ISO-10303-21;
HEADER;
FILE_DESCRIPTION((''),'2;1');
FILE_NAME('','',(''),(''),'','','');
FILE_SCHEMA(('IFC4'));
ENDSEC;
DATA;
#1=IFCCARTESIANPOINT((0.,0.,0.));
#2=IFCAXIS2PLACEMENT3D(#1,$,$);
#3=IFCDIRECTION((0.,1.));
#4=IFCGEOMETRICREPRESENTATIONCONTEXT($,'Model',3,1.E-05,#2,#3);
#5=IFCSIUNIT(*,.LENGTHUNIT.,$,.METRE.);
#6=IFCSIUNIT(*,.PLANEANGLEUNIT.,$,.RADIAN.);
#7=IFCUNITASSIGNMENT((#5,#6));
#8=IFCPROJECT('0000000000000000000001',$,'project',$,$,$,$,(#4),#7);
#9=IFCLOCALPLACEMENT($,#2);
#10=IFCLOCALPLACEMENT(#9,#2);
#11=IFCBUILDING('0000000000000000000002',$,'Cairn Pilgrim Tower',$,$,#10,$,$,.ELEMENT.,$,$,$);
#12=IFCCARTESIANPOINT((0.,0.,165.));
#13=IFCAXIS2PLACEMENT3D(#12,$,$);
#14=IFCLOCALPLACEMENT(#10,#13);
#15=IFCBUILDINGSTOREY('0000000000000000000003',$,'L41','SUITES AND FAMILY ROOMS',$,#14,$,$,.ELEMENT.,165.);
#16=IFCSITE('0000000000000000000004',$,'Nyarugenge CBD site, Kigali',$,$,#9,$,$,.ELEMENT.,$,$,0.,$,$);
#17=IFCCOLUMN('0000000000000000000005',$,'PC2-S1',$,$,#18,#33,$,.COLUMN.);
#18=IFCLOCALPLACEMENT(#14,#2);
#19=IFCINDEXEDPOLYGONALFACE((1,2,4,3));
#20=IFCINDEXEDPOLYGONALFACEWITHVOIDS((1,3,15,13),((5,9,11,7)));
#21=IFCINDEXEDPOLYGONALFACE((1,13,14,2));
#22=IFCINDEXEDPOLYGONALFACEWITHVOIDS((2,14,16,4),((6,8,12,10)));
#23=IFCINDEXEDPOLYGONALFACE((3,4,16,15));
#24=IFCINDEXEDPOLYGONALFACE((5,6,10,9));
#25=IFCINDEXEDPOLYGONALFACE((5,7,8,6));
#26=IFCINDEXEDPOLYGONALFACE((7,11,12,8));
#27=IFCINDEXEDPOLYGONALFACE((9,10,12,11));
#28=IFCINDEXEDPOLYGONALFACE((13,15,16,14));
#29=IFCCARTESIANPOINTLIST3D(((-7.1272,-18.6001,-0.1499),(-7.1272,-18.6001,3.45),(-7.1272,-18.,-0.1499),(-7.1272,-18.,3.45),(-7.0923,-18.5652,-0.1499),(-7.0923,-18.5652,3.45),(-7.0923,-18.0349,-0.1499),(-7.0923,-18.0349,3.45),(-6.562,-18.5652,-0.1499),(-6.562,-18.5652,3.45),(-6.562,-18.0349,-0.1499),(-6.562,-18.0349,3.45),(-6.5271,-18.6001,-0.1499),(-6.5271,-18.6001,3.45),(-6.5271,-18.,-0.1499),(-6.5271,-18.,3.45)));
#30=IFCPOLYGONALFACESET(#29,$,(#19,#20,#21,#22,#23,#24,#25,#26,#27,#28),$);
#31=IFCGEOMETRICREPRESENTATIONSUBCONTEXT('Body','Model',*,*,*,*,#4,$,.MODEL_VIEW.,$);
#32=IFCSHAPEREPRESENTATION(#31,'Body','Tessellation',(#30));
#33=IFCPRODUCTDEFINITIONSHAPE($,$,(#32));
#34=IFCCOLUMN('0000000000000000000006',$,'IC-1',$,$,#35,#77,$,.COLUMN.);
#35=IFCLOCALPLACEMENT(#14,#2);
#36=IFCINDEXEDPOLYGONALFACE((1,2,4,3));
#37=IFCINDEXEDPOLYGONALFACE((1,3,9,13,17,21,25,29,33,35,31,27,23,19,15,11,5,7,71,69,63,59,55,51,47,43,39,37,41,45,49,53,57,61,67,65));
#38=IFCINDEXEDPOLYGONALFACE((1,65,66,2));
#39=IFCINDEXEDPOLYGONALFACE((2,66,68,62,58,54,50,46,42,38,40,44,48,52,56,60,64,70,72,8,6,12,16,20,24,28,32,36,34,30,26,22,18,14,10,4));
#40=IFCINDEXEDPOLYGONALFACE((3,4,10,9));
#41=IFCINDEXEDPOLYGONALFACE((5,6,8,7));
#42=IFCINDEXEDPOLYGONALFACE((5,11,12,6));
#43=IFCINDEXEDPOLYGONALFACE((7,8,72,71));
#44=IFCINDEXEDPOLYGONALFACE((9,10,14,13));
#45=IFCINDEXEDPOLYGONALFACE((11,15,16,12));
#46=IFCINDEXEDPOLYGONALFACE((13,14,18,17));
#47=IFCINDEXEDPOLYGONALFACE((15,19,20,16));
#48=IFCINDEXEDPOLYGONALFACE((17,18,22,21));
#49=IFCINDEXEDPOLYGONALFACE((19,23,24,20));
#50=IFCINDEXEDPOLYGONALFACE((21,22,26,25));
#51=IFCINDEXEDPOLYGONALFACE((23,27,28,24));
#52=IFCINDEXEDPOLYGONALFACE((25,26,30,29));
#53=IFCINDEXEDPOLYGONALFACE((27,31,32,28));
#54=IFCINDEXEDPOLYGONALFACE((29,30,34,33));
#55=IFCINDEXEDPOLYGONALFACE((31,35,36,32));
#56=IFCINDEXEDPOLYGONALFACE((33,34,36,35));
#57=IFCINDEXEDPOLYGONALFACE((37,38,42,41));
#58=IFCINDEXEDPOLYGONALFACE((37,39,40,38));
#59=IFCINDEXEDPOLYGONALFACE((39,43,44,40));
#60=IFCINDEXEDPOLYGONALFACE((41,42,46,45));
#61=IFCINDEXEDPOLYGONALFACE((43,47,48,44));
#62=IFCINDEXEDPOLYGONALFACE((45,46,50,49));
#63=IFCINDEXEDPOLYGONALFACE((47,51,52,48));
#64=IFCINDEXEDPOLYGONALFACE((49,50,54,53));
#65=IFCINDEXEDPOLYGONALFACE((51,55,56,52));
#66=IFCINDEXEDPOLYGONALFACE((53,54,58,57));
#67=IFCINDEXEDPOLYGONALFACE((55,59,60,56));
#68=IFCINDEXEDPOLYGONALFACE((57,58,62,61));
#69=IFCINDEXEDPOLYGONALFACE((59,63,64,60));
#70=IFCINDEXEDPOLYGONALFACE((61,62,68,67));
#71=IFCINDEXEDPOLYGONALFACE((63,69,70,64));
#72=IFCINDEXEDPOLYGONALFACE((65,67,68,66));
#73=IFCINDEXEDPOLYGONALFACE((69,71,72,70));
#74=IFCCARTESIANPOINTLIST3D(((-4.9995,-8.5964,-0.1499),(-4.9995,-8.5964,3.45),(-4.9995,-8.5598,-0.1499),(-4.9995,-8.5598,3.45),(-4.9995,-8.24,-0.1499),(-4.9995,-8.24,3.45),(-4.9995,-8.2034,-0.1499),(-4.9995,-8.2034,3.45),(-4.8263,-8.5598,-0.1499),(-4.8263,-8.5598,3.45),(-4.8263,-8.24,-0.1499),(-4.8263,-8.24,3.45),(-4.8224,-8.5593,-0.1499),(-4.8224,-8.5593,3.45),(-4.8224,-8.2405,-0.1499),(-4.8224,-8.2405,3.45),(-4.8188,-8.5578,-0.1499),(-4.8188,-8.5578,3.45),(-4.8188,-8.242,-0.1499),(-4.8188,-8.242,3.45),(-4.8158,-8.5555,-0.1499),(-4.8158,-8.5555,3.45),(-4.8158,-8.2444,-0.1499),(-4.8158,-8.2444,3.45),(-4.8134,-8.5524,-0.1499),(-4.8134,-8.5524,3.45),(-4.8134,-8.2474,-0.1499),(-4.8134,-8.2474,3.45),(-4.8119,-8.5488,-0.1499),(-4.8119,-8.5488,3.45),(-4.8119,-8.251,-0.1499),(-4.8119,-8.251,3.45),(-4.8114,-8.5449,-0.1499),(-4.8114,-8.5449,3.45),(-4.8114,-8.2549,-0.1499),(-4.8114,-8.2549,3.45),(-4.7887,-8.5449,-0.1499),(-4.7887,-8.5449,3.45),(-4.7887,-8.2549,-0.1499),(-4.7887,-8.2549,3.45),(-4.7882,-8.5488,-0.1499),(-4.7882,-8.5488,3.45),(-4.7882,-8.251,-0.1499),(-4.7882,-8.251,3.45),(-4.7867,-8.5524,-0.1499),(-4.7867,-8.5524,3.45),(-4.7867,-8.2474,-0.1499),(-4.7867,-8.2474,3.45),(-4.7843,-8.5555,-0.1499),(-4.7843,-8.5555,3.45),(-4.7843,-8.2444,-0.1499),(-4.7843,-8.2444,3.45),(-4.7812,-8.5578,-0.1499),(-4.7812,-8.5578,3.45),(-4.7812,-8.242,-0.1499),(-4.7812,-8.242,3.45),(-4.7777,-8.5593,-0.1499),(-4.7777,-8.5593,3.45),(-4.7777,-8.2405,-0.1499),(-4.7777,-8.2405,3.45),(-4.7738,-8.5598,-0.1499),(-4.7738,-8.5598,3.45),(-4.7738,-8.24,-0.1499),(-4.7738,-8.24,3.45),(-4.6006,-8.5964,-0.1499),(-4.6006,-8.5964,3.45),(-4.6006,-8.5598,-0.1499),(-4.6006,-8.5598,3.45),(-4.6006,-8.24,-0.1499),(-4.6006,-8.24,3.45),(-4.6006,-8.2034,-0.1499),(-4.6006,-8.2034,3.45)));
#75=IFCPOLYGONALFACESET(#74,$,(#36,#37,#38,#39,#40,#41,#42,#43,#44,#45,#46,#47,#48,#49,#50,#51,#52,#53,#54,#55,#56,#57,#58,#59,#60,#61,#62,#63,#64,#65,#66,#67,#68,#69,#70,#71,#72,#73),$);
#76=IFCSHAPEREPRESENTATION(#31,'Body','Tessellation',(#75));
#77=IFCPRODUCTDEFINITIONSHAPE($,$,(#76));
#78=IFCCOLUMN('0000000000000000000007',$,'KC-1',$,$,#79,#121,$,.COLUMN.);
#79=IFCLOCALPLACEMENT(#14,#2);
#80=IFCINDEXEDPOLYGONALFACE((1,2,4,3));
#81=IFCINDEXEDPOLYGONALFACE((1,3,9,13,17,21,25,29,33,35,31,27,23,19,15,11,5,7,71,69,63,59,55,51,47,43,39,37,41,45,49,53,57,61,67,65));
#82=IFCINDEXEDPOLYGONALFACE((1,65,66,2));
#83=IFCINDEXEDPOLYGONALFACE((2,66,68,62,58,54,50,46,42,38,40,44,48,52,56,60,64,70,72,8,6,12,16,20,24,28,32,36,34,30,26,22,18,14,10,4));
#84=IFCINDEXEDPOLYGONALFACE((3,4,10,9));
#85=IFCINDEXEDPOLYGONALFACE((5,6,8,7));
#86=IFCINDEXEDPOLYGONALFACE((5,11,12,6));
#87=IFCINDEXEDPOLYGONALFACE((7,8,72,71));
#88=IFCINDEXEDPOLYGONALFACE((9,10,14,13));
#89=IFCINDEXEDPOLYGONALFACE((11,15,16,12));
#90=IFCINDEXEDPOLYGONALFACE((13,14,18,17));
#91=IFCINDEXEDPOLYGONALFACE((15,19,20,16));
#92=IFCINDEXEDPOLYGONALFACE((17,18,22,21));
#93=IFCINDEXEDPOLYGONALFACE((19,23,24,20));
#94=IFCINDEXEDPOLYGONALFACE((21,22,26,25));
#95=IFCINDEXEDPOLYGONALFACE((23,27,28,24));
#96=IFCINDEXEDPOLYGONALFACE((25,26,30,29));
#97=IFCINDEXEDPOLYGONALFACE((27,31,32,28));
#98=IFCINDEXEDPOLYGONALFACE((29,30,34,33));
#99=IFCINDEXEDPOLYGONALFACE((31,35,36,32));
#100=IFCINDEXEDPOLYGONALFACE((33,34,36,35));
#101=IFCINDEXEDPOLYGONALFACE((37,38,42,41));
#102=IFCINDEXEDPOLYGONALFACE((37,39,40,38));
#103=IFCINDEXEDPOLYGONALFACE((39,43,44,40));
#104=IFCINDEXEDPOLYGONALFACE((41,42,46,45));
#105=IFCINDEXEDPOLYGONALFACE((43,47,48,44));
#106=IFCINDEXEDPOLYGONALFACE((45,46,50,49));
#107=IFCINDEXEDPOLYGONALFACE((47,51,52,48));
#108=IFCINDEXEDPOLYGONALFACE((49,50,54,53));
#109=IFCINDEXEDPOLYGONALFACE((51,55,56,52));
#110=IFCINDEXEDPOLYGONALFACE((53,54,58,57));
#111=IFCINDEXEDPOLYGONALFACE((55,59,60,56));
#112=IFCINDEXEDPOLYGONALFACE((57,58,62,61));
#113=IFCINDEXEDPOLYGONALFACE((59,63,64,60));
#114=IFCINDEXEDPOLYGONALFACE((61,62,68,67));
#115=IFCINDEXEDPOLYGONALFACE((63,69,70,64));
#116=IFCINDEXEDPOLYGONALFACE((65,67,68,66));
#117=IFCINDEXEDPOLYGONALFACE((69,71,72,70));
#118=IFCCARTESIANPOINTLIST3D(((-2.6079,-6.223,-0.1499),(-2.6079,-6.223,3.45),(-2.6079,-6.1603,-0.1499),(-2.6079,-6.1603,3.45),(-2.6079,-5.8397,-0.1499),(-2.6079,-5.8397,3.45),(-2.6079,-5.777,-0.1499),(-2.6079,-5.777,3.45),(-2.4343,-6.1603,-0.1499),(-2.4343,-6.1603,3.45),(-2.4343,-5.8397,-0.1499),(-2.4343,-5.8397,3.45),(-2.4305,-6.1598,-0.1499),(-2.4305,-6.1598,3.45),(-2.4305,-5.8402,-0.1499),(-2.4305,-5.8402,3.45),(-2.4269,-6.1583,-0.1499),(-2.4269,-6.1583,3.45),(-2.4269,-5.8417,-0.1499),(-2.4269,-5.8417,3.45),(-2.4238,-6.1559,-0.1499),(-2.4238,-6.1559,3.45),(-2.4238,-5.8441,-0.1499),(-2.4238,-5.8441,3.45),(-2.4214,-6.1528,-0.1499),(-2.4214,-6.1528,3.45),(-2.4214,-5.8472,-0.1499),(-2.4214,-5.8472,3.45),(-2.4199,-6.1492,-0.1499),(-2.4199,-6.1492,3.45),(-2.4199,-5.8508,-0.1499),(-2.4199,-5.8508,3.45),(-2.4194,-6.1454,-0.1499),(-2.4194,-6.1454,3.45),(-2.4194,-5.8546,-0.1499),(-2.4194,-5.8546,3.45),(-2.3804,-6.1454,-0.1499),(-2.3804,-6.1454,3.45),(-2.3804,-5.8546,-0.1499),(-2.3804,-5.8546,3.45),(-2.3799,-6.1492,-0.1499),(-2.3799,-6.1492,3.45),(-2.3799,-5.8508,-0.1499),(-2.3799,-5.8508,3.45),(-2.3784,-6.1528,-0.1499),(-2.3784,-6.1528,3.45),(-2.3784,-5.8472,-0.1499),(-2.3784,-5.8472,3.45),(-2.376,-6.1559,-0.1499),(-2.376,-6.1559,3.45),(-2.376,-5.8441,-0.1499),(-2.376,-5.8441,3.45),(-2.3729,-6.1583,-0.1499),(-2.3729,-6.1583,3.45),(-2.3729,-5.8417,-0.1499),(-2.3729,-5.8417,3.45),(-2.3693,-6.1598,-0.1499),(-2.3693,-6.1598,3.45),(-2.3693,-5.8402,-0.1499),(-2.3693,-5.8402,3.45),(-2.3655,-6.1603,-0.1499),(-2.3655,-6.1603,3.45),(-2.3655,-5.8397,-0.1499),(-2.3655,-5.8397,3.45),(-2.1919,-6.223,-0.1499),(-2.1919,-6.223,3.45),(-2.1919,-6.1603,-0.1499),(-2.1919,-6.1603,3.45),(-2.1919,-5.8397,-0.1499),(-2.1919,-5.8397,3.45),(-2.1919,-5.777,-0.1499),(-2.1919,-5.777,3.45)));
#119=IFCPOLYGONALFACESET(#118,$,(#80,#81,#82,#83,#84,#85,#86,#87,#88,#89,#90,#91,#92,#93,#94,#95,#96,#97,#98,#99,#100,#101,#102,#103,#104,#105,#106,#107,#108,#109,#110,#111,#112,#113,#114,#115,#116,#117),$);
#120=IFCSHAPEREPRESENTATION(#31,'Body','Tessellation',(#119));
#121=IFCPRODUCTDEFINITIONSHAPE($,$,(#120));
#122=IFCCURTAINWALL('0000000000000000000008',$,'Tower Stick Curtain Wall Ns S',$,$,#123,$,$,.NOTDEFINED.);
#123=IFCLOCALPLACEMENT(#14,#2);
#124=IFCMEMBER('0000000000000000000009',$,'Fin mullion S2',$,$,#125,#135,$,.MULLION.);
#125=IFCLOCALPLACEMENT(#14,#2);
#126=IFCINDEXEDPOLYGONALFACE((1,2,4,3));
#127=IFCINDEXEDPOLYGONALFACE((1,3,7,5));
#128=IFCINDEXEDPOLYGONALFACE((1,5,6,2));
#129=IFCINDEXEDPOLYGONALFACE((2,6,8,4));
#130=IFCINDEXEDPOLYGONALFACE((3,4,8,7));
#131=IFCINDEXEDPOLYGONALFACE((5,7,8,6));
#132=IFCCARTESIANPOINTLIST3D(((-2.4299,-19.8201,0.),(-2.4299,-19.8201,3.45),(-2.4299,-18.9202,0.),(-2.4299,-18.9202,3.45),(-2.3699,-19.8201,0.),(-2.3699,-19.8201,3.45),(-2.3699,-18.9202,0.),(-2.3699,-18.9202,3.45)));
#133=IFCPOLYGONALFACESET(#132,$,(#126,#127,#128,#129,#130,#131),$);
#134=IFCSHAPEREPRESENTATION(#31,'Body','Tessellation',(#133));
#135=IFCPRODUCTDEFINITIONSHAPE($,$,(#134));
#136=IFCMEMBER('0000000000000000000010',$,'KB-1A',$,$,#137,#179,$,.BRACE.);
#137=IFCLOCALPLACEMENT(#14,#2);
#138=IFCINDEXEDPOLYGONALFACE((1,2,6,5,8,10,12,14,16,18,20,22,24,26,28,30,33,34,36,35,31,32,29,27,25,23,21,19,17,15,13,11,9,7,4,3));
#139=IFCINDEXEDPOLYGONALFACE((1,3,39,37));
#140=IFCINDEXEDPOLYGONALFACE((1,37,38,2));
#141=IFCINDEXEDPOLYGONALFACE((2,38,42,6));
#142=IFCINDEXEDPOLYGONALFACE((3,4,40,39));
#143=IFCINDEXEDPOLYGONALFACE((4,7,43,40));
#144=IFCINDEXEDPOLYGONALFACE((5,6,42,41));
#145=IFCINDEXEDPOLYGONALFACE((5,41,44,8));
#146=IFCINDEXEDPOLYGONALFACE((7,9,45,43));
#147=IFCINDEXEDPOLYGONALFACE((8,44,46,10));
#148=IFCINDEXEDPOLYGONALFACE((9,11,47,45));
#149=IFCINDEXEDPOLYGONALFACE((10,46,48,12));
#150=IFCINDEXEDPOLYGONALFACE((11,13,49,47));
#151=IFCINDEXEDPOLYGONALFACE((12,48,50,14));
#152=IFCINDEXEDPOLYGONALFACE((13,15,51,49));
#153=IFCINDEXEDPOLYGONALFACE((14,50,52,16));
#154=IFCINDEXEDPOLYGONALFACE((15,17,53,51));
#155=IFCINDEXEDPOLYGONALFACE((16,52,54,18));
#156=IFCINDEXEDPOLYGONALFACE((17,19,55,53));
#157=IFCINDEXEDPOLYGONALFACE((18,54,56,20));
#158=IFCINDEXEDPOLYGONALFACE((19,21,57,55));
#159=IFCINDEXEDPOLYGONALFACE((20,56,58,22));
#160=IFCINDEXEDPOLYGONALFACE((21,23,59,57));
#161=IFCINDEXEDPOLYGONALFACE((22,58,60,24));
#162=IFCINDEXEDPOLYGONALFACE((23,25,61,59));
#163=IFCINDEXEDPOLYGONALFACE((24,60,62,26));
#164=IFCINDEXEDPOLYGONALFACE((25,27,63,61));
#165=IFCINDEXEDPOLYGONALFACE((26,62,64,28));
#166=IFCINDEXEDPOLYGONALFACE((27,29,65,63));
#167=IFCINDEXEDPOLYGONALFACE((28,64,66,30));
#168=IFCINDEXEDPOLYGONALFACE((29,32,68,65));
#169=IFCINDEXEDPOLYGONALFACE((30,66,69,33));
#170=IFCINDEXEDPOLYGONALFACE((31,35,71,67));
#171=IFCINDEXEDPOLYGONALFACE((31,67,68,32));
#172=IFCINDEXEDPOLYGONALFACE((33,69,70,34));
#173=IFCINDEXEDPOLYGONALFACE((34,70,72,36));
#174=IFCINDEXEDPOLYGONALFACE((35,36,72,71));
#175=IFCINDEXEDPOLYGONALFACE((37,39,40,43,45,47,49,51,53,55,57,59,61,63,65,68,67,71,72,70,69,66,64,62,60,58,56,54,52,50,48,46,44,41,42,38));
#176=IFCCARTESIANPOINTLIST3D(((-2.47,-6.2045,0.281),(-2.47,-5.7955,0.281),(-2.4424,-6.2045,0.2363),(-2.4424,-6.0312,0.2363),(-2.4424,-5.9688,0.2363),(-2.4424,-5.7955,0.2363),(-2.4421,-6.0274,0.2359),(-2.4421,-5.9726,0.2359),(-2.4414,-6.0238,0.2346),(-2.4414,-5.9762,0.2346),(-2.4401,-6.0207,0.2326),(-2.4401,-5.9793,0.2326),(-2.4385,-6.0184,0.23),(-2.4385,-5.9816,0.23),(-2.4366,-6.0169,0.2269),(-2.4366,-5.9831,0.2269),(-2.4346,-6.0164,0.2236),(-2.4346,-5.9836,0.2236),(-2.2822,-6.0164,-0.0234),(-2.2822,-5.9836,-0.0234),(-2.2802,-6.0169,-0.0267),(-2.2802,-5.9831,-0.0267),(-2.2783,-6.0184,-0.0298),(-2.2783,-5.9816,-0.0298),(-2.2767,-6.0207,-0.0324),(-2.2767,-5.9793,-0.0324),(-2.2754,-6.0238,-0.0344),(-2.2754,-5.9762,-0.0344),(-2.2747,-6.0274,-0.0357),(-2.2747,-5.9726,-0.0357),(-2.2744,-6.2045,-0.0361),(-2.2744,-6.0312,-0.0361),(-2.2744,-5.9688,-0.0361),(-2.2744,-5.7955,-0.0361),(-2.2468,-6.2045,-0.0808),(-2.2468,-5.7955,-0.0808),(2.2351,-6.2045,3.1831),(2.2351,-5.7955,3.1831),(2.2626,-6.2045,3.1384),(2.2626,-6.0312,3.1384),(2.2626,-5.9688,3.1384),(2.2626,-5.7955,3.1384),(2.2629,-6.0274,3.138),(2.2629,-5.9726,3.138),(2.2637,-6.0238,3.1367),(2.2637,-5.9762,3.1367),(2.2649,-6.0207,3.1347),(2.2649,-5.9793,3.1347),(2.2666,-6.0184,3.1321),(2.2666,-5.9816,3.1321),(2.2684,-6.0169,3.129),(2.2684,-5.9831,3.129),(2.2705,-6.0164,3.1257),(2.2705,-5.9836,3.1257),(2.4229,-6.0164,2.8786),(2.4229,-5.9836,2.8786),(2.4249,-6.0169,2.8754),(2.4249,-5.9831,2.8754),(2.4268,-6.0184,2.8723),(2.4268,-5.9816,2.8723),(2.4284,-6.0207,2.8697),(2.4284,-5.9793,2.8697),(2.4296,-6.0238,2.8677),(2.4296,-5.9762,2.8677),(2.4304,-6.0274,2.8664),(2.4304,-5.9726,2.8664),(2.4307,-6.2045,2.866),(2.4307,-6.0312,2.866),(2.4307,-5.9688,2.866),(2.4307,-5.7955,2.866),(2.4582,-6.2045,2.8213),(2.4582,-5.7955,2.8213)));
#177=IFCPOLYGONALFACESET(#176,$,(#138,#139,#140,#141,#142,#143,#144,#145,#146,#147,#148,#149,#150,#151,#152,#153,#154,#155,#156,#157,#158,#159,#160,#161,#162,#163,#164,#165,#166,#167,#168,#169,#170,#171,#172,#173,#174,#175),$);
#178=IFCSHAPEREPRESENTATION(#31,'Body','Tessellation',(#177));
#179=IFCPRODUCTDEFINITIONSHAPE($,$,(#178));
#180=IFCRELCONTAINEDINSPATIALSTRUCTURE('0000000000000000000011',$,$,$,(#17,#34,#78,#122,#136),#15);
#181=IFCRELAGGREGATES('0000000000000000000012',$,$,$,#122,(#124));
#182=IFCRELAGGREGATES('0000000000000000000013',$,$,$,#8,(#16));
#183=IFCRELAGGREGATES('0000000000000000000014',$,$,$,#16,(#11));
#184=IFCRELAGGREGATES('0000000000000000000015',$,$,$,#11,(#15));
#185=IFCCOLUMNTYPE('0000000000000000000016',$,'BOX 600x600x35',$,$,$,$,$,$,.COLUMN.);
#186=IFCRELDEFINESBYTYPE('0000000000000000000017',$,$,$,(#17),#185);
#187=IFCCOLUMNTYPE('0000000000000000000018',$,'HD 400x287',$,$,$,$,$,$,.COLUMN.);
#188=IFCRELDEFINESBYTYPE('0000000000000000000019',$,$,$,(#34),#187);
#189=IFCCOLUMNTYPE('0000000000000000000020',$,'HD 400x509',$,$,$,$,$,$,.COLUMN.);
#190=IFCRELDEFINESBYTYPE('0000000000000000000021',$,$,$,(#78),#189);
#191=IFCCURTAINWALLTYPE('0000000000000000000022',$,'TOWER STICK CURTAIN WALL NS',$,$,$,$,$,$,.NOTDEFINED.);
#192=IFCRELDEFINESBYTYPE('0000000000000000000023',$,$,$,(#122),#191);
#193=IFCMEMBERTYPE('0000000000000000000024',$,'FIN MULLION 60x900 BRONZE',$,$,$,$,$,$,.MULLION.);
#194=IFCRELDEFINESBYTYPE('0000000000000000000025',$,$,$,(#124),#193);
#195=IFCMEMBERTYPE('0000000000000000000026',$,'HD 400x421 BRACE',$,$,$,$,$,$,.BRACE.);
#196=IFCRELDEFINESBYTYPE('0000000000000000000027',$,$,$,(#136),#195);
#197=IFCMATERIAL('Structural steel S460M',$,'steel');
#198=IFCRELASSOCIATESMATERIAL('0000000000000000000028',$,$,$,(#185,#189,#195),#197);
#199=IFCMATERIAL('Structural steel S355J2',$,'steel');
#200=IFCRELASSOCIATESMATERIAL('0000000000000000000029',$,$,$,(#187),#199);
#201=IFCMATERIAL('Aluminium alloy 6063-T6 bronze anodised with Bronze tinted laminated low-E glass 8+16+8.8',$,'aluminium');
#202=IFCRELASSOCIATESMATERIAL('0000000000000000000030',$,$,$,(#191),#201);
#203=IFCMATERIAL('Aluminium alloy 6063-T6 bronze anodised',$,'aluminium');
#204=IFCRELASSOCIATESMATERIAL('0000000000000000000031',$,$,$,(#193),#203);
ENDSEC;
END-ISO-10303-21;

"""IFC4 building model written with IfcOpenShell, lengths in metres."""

from ifc_helpers import new_model, si_unit, direction, frame, origin, origin_2d, place, context, subcontext, project, spatial, rectangle, hollow_rectangle, i_section, extrude, material, material_profile, profile_set, type_object, element, aggregate, save


model = new_model("IFC4")

# Units and contexts
model_context = context("Model", 3, precision=1e-05, world=origin(), true_north=direction((0.0, 1.0)))
body_context = subcontext(model_context, "Body", "Model", "MODEL_VIEW")
ifc_project = project(units=[si_unit("LENGTHUNIT", "METRE"), si_unit("PLANEANGLEUNIT", "RADIAN")], contexts=[model_context])

# Site, building, storey
site_placement = place(None, origin())
site = spatial("IfcSite", under=ifc_project, at=site_placement, Name="Nyarugenge CBD site, Kigali", CompositionType="ELEMENT", RefElevation=0.0)
building_placement = place(site_placement, origin())
building = spatial("IfcBuilding", under=site, at=building_placement, Name="Cairn Pilgrim Tower", CompositionType="ELEMENT")
storey_placement = place(building_placement, frame((0.0, 0.0, 165.0)))
storey = spatial("IfcBuildingStorey", under=building, at=storey_placement, Name="L41", Description="SUITES AND FAMILY ROOMS", CompositionType="ELEMENT", Elevation=165.0)

# Columns
ifc_material_1 = material(Name="Structural steel S460M", Category="steel")
ifc_material_profile_1 = material_profile(ifc_material_1, hollow_rectangle(XDim=0.6001, YDim=0.6001, WallThickness=0.0349, at=origin_2d()), Name="BOX 600x600x35")
ifc_profile_set_1 = profile_set([ifc_material_profile_1], Name="Structural steel S460M")
column_type_1 = type_object("IfcColumnType", Name="BOX 600x600x35", PredefinedType="COLUMN", material=ifc_profile_set_1)
column_1_placement = place(storey_placement, frame((-6.8271, -18.3, -0.1499), z_axis=(0.0, 0.0, 1.0), x_axis=(1.0, 0.0, 0.0)))
element("IfcColumn", 1, at=column_1_placement, inside=storey, type_object=column_type_1, Name="PC2-S1", PredefinedType="COLUMN", context=body_context, shape_type="SweptSolid", body=[
    extrude(hollow_rectangle(XDim=0.6001, YDim=0.6001, WallThickness=0.0349, at=origin_2d()), origin(), (0.0, 0.0, 1.0), 3.5999),
])
ifc_material_2 = material(Name="Structural steel S355J2", Category="steel")
ifc_material_profile_2 = material_profile(ifc_material_2, i_section(OverallWidth=0.3989, OverallDepth=0.3931, WebThickness=0.0227, FlangeThickness=0.0366, FilletRadius=0.0149, at=origin_2d()), Name="HD 400x287")
ifc_profile_set_2 = profile_set([ifc_material_profile_2], Name="Structural steel S355J2")
column_type_2 = type_object("IfcColumnType", Name="HD 400x287", PredefinedType="COLUMN", material=ifc_profile_set_2)
column_2_placement = place(storey_placement, frame((-4.8, -8.3999, -0.1499), z_axis=(0.0, 0.0, 1.0), x_axis=(1.0, 0.0, 0.0)))
element("IfcColumn", 2, at=column_2_placement, inside=storey, type_object=column_type_2, Name="IC-1", PredefinedType="COLUMN", context=body_context, shape_type="SweptSolid", body=[
    extrude(i_section(OverallWidth=0.3989, OverallDepth=0.3931, WebThickness=0.0227, FlangeThickness=0.0366, FilletRadius=0.0149, at=origin_2d()), origin(), (0.0, 0.0, 1.0), 3.5999),
])
ifc_material_profile_3 = material_profile(ifc_material_1, i_section(OverallWidth=0.416, OverallDepth=0.446, WebThickness=0.0391, FlangeThickness=0.0627, FilletRadius=0.0149, at=origin_2d()), Name="HD 400x509")
ifc_profile_set_3 = profile_set([ifc_material_profile_3], Name="Structural steel S460M")
column_type_3 = type_object("IfcColumnType", Name="HD 400x509", PredefinedType="COLUMN", material=ifc_profile_set_3)
column_3_placement = place(storey_placement, frame((-2.3999, -6.0, -0.1499), z_axis=(0.0, 0.0, 1.0), x_axis=(1.0, 0.0, 0.0)))
element("IfcColumn", 3, at=column_3_placement, inside=storey, type_object=column_type_3, Name="KC-1", PredefinedType="COLUMN", context=body_context, shape_type="SweptSolid", body=[
    extrude(i_section(OverallWidth=0.416, OverallDepth=0.446, WebThickness=0.0391, FlangeThickness=0.0627, FilletRadius=0.0149, at=origin_2d()), origin(), (0.0, 0.0, 1.0), 3.5999),
])

# Curtain wall, member
ifc_material_3 = material(Name="Aluminium alloy 6063-T6 bronze anodised with Bronze tinted laminated low-E glass 8+16+8.8", Category="aluminium")
curtain_wall_type = type_object("IfcCurtainWallType", Name="TOWER STICK CURTAIN WALL NS", PredefinedType="NOTDEFINED", material=ifc_material_3)
curtain_wall_placement = place(storey_placement, origin())
curtain_wall = element("IfcCurtainWall", 4, at=curtain_wall_placement, inside=storey, type_object=curtain_wall_type, Name="Tower Stick Curtain Wall Ns S", PredefinedType="NOTDEFINED")
ifc_material_4 = material(Name="Aluminium alloy 6063-T6 bronze anodised", Category="aluminium")
ifc_material_profile_4 = material_profile(ifc_material_4, rectangle(XDim=0.8999, YDim=0.0601, at=origin_2d()), Name="FIN MULLION 60x900 BRONZE")
ifc_profile_set_4 = profile_set([ifc_material_profile_4], Name="Aluminium alloy 6063-T6 bronze anodised")
member_type_1 = type_object("IfcMemberType", Name="FIN MULLION 60x900 BRONZE", PredefinedType="MULLION", material=ifc_profile_set_4)
member_1_placement = place(storey_placement, frame((-2.3999, -19.3701, 0.0), z_axis=(0.0, 0.0, 1.0), x_axis=(0.0, -1.0, 0.0)))
member_1 = element("IfcMember", 5, at=member_1_placement, type_object=member_type_1, Name="Fin mullion S2", PredefinedType="MULLION", context=body_context, shape_type="SweptSolid", body=[
    extrude(rectangle(XDim=0.8999, YDim=0.0601, at=origin_2d()), origin(), (0.0, 0.0, 1.0), 3.45),
])

# Member
ifc_material_profile_5 = material_profile(ifc_material_1, i_section(OverallWidth=0.4089, OverallDepth=0.425, WebThickness=0.0327, FlangeThickness=0.0525, FilletRadius=0.0149, at=origin_2d()), Name="HD 400x421")
ifc_profile_set_5 = profile_set([ifc_material_profile_5], Name="Structural steel S460M")
member_type_2 = type_object("IfcMemberType", Name="HD 400x421 BRACE", PredefinedType="BRACE", material=ifc_profile_set_5)
member_2_placement = place(storey_placement, frame((-2.3584, -6.0, 0.1001), z_axis=(0.85112, 0.0, 0.524972), x_axis=(0.0, 1.0, 0.0)))
element("IfcMember", 6, at=member_2_placement, inside=storey, type_object=member_type_2, Name="KB-1A", PredefinedType="BRACE", context=body_context, shape_type="SweptSolid", body=[
    extrude(i_section(OverallWidth=0.4089, OverallDepth=0.425, WebThickness=0.0327, FlangeThickness=0.0525, FilletRadius=0.0149, at=origin_2d()), origin(), (0.0, 0.0, 1.0), 5.5281),
])

aggregate(curtain_wall, [member_1])

save(model, "model.ifc")
